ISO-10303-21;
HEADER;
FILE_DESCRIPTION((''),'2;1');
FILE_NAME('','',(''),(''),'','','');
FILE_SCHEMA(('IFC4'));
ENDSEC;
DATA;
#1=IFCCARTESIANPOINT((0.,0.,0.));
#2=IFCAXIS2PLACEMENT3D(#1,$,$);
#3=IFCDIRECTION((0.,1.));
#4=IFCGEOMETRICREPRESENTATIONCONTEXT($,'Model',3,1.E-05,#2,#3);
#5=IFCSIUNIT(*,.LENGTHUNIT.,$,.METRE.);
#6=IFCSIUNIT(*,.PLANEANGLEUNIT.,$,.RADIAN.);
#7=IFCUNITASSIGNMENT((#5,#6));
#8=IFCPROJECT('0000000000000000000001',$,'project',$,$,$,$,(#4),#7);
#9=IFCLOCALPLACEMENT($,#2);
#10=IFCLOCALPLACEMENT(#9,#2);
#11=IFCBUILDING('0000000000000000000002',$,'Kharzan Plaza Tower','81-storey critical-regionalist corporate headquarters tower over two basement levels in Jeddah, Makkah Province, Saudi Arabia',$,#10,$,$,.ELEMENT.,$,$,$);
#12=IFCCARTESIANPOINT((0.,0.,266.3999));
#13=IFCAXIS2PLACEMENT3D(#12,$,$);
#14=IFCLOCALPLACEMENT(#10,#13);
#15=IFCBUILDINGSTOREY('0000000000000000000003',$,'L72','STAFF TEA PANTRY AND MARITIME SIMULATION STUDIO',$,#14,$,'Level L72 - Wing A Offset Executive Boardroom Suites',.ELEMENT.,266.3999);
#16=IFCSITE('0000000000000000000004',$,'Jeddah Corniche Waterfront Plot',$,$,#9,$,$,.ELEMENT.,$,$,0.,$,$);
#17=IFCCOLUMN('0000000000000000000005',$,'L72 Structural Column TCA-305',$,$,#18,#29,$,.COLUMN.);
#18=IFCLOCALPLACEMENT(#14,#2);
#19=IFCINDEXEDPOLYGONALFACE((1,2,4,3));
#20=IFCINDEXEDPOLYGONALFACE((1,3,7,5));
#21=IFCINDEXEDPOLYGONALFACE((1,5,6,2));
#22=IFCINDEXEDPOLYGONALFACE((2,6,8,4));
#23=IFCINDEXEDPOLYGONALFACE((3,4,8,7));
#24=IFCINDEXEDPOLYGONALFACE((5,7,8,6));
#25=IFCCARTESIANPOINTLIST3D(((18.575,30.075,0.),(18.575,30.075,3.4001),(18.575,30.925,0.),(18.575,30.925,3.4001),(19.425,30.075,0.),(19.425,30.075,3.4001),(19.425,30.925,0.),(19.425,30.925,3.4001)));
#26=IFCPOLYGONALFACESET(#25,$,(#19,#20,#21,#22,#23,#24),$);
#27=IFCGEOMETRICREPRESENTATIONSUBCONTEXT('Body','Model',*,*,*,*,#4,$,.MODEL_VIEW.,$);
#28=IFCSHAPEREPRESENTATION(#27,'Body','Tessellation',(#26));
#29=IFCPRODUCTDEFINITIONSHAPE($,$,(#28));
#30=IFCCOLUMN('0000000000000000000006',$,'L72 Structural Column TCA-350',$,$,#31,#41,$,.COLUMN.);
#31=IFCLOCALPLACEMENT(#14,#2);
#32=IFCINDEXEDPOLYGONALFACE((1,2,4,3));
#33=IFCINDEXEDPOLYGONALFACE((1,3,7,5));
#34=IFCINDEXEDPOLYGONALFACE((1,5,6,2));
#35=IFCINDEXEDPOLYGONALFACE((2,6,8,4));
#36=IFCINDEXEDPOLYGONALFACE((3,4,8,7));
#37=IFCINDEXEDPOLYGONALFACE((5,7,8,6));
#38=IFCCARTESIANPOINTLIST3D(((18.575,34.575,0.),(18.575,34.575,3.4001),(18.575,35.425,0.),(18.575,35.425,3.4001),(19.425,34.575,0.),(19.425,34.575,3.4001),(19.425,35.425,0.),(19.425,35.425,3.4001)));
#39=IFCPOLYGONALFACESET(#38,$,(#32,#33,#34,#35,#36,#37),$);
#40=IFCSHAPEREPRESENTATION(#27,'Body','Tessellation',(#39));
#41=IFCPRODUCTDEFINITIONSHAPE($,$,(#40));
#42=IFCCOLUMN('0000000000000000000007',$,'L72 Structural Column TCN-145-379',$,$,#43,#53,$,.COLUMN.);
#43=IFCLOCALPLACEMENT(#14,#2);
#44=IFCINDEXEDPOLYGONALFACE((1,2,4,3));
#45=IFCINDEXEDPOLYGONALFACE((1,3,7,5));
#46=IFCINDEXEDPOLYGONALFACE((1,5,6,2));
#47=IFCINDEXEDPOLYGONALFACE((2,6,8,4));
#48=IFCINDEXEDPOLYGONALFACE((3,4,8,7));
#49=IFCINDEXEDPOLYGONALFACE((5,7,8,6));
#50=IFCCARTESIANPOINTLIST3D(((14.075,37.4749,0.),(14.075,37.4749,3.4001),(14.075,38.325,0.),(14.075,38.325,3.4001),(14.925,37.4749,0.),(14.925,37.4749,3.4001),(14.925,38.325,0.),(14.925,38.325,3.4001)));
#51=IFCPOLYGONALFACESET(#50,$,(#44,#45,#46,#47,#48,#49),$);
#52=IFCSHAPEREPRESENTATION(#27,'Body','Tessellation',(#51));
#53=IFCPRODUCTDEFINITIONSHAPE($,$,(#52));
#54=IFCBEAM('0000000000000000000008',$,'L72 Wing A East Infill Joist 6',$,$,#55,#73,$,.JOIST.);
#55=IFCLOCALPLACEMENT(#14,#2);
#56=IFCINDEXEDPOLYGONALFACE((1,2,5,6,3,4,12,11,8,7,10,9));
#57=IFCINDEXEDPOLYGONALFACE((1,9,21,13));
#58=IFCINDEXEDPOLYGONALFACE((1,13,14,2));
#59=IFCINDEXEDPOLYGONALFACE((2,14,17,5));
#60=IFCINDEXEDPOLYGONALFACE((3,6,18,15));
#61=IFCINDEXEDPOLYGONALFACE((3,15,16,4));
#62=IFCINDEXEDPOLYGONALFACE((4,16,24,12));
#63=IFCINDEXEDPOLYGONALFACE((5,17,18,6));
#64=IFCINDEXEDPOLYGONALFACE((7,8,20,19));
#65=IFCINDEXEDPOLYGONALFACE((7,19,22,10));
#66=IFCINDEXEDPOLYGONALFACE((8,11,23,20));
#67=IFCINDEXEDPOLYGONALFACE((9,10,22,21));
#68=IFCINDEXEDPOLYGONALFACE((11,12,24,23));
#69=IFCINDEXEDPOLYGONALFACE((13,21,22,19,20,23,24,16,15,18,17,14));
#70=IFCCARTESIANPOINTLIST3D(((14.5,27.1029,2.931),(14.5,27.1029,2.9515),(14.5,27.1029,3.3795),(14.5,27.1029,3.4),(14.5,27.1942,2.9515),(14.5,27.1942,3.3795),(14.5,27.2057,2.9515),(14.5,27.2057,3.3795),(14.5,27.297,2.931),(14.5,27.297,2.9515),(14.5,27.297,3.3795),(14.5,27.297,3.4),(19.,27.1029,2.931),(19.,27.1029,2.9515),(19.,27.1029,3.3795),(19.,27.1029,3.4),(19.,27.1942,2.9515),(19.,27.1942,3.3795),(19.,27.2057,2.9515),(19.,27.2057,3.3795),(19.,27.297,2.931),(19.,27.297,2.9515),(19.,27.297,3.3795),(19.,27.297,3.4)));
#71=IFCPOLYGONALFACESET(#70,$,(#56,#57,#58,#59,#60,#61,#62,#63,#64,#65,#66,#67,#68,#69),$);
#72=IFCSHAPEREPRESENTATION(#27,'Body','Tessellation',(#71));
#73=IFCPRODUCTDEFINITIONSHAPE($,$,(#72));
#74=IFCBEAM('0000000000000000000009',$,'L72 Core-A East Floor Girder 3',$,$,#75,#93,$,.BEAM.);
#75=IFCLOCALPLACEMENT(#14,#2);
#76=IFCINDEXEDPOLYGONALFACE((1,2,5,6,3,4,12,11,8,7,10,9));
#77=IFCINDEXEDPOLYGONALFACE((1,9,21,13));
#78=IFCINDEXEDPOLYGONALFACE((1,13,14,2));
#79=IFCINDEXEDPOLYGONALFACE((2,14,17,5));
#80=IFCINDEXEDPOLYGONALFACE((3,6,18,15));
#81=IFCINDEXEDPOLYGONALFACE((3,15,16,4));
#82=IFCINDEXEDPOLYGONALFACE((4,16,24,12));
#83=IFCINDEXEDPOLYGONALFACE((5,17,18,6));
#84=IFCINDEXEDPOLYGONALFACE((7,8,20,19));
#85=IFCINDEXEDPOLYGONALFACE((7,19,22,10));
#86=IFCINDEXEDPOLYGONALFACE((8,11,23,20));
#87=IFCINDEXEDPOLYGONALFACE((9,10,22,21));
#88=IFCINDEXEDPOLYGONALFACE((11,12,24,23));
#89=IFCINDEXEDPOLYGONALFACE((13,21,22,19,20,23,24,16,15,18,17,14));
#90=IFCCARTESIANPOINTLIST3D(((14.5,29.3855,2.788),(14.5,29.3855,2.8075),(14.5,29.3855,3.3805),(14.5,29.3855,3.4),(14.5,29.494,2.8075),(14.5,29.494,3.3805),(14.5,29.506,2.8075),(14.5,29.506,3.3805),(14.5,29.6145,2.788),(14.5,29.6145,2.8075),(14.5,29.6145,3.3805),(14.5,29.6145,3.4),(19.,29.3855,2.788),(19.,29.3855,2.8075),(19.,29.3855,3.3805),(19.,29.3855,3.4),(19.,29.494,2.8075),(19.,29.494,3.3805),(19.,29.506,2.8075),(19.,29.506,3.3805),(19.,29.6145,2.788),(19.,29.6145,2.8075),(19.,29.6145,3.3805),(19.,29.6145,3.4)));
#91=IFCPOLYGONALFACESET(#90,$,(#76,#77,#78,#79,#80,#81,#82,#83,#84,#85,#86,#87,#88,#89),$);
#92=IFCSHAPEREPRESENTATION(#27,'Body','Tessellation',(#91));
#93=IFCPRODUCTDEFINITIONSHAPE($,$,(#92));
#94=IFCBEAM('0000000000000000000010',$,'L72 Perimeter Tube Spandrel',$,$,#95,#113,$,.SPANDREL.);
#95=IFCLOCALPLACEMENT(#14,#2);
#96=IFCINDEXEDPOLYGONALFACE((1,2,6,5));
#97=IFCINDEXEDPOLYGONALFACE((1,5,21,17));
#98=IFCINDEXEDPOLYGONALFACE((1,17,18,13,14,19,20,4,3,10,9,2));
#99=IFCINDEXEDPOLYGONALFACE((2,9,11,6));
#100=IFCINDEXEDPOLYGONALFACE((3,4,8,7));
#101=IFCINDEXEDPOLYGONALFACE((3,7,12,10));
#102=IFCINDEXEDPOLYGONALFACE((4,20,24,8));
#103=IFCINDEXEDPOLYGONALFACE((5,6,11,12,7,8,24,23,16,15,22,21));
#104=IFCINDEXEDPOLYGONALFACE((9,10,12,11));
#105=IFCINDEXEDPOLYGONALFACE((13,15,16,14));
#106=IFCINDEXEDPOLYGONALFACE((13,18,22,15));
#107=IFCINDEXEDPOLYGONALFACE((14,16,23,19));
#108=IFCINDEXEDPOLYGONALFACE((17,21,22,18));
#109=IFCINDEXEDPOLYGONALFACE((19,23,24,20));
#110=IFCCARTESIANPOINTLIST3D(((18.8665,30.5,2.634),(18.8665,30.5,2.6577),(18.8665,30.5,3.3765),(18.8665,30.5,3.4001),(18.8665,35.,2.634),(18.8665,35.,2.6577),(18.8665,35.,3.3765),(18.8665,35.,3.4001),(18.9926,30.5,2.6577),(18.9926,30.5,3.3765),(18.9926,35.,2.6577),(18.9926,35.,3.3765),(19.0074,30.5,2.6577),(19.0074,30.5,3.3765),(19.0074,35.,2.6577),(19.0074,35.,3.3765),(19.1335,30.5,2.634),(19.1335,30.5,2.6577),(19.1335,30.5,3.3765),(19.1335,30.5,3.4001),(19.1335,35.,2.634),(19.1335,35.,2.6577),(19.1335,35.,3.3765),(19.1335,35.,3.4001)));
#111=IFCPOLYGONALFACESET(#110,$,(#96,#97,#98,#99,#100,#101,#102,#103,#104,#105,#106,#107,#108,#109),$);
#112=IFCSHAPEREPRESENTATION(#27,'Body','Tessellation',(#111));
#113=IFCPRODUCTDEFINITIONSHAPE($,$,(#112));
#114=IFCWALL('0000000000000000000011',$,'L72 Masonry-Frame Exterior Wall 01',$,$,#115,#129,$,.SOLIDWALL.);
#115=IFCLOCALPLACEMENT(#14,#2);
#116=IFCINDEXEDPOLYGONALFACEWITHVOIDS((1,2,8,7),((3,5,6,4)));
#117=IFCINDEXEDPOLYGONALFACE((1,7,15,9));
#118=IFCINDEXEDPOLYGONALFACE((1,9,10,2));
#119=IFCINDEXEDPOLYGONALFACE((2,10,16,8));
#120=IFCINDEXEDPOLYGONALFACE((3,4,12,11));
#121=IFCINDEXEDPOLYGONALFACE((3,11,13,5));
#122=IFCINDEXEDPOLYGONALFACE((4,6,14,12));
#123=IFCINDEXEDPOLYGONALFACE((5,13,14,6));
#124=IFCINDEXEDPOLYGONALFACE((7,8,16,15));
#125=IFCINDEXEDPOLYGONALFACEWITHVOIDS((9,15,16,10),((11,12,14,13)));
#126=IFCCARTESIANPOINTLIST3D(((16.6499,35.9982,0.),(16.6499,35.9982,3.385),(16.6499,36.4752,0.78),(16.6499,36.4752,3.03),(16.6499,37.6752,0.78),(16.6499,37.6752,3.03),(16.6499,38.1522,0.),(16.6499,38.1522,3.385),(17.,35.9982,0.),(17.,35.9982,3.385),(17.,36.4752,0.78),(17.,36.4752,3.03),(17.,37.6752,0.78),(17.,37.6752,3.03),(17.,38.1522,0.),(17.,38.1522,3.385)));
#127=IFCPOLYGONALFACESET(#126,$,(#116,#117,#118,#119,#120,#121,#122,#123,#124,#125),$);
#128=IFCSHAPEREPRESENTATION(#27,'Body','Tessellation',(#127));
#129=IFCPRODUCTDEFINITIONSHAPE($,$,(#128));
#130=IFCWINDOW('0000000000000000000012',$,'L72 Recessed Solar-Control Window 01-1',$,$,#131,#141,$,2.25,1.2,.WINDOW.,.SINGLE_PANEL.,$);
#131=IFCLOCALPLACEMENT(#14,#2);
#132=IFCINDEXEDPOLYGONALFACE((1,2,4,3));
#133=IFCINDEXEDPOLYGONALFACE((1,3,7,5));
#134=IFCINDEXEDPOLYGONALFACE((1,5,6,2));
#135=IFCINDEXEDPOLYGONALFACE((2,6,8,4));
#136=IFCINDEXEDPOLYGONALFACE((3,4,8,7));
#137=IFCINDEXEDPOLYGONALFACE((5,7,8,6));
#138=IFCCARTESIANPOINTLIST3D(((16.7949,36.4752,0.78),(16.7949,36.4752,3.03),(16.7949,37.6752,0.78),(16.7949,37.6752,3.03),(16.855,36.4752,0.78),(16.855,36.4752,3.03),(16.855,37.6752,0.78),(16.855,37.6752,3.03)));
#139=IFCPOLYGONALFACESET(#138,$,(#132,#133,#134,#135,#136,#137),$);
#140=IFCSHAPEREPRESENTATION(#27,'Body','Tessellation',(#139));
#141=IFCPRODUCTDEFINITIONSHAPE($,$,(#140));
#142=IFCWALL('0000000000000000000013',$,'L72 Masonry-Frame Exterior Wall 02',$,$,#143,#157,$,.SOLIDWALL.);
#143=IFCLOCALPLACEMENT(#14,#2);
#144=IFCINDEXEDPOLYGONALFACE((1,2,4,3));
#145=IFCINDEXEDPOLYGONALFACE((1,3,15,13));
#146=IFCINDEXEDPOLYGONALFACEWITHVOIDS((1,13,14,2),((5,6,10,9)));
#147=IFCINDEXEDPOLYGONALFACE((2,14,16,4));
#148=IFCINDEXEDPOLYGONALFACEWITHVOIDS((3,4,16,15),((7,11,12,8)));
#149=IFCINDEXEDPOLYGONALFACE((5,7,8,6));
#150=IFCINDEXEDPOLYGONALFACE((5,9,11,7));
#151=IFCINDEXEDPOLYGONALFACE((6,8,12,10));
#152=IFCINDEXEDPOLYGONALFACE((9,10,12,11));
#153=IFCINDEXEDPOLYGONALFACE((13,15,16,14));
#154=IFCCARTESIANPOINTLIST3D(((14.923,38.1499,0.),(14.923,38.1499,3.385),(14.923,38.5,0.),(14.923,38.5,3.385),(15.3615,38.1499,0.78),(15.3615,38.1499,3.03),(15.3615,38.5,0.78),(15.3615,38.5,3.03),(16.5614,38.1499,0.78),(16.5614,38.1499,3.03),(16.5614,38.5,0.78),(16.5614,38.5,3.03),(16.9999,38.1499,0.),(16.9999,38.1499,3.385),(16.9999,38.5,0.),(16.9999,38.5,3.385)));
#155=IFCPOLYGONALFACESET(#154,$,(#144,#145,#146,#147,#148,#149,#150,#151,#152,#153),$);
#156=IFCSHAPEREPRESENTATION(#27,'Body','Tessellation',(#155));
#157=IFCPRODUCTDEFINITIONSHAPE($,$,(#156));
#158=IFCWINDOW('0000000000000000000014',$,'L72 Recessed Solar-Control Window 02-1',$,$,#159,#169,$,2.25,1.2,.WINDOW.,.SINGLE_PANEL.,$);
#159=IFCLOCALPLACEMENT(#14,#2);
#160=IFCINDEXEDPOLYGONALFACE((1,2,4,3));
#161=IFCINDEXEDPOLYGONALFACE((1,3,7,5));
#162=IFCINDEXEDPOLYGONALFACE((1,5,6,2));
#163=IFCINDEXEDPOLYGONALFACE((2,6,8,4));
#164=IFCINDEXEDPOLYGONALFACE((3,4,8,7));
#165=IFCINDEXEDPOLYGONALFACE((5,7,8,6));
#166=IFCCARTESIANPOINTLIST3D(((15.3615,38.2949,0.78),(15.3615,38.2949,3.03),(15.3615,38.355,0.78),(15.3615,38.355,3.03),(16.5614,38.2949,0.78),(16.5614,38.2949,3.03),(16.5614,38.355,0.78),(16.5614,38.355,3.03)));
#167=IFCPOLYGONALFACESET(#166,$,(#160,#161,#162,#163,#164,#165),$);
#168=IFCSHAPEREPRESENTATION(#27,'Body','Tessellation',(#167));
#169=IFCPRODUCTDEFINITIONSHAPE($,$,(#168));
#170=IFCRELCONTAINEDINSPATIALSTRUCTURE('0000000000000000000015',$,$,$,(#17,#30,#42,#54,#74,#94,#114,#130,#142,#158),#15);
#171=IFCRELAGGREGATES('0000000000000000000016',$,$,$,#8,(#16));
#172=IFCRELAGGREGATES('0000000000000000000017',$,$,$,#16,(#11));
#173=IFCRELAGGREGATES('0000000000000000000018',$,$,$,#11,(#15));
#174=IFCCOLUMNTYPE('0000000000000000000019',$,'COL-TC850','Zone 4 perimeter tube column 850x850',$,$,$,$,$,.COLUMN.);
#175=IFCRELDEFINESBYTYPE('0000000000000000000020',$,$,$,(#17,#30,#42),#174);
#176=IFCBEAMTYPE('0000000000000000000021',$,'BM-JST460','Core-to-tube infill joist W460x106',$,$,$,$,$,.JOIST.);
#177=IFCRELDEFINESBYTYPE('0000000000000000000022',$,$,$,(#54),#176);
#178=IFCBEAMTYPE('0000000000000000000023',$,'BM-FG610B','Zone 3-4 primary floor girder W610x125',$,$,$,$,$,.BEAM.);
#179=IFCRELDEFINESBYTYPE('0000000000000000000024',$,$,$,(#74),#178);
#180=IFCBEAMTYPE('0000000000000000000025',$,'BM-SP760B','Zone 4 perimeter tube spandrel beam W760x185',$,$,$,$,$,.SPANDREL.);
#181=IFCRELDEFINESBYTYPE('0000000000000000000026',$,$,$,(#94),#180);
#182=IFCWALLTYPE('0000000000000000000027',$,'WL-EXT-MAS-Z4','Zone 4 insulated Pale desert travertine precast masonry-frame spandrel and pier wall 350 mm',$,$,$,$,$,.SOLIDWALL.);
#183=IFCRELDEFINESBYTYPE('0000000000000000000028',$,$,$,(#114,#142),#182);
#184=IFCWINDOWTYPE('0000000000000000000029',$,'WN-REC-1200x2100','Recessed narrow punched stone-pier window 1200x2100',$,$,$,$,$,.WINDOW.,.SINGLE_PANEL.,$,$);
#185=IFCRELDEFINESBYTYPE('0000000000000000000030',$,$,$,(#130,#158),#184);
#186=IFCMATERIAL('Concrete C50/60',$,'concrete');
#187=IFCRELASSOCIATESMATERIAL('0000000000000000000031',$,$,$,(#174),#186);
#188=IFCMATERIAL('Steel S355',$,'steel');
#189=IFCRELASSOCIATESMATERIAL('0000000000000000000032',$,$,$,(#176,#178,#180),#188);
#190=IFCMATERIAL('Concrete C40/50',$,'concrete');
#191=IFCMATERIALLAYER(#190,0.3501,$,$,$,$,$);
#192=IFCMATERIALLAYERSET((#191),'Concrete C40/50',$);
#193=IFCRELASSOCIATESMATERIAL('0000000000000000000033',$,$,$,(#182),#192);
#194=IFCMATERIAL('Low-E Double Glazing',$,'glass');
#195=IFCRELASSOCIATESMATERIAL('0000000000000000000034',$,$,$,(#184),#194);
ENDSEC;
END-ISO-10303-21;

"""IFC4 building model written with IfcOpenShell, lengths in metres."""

from ifc_helpers import new_model, si_unit, direction, frame, frame_2d, origin, origin_2d, place, context, subcontext, project, spatial, rectangle, i_section, extrude, source, transform, mapped, material, layer, layer_set, material_profile, profile_set, type_object, element, fill, save


model = new_model("IFC4")

# Units and contexts
model_context = context("Model", 3, precision=1e-05, world=origin(), true_north=direction((0.0, 1.0)))
body_context = subcontext(model_context, "Body", "Model", "MODEL_VIEW")
ifc_project = project(units=[si_unit("LENGTHUNIT", "METRE"), si_unit("PLANEANGLEUNIT", "RADIAN")], contexts=[model_context])

# Site, building, storey
site_placement = place(None, origin())
site = spatial("IfcSite", under=ifc_project, at=site_placement, Name="Jeddah Corniche Waterfront Plot", CompositionType="ELEMENT", RefElevation=0.0)
building_placement = place(site_placement, origin())
building = spatial("IfcBuilding", under=site, at=building_placement, Name="Kharzan Plaza Tower", Description="81-storey critical-regionalist corporate headquarters tower over two basement levels in Jeddah, Makkah Province, Saudi Arabia", CompositionType="ELEMENT")
storey_placement = place(building_placement, frame((0.0, 0.0, 266.3999)))
storey = spatial("IfcBuildingStorey", under=building, at=storey_placement, Name="L72", Description="STAFF TEA PANTRY AND MARITIME SIMULATION STUDIO", LongName="Level L72 - Wing A Offset Executive Boardroom Suites", CompositionType="ELEMENT", Elevation=266.3999)

# Columns
ifc_material_1 = material(Name="Concrete C50/60", Category="concrete")
ifc_material_profile_1 = material_profile(ifc_material_1, rectangle(XDim=0.8501, YDim=0.8501, at=origin_2d()), Name="RC-TC850x850")
ifc_profile_set_1 = profile_set([ifc_material_profile_1], Name="Concrete C50/60")
column_type = type_object("IfcColumnType", Name="COL-TC850", Description="Zone 4 perimeter tube column 850x850", PredefinedType="COLUMN", material=ifc_profile_set_1)
shared_shape_1 = source(origin(), body_context, "Body", "SweptSolid", [
    extrude(rectangle(XDim=0.8501, YDim=0.8501, at=origin_2d()), origin(), (0.0, 0.0, 1.0), 3.4001),
])
for number, where, z_axis, x_axis, name in (
    (1, (19.0, 30.5, 0.0), (0.0, 0.0, 1.0), (1.0, 0.0, 0.0), "L72 Structural Column TCA-305"),
    (2, (19.0, 35.0, 0.0), (0.0, 0.0, 1.0), (1.0, 0.0, 0.0), "L72 Structural Column TCA-350"),
    (3, (14.5, 37.8999, 0.0), (0.0, 0.0, 1.0), (1.0, 0.0, 0.0), "L72 Structural Column TCN-145-379"),
):
    element("IfcColumn", number, at=place(storey_placement, frame(where, z_axis=z_axis, x_axis=x_axis)), inside=storey, type_object=column_type, Name=name, PredefinedType="COLUMN", context=body_context, shape_type="MappedRepresentation", body=[
        mapped(shared_shape_1, transform((0.0, 0.0, 0.0), x_axis=(1.0, 0.0, 0.0), y_axis=(0.0, 1.0, 0.0), z_axis=(0.0, 0.0, 1.0))),
    ])

# Beams
ifc_material_2 = material(Name="Steel S355", Category="steel")
ifc_material_profile_2 = material_profile(ifc_material_2, i_section(OverallWidth=0.1941, OverallDepth=0.469, WebThickness=0.0115, FlangeThickness=0.0205, at=origin_2d()), Name="W460x106")
ifc_profile_set_2 = profile_set([ifc_material_profile_2], Name="Steel S355")
beam_type_1 = type_object("IfcBeamType", Name="BM-JST460", Description="Core-to-tube infill joist W460x106", PredefinedType="JOIST", material=ifc_profile_set_2)
shared_shape_2 = source(origin(), body_context, "Body", "SweptSolid", [
    extrude(i_section(OverallWidth=0.1941, OverallDepth=0.469, WebThickness=0.0115, FlangeThickness=0.0205, at=origin_2d()), origin(), (0.0, 0.0, 1.0), 4.5),
])
beam_1_placement = place(storey_placement, frame((14.5, 27.2, 3.1655), z_axis=(1.0, 0.0, 0.0), x_axis=(0.0, 1.0, 0.0)))
element("IfcBeam", 4, at=beam_1_placement, inside=storey, type_object=beam_type_1, Name="L72 Wing A East Infill Joist 6", PredefinedType="JOIST", context=body_context, shape_type="MappedRepresentation", body=[
    mapped(shared_shape_2, transform((0.0, 0.0, 0.0), x_axis=(1.0, 0.0, 0.0), y_axis=(0.0, 1.0, 0.0), z_axis=(0.0, 0.0, 1.0))),
])
ifc_material_profile_3 = material_profile(ifc_material_2, i_section(OverallWidth=0.229, OverallDepth=0.6121, WebThickness=0.012, FlangeThickness=0.0195, at=origin_2d()), Name="W610x125")
ifc_profile_set_3 = profile_set([ifc_material_profile_3], Name="Steel S355")
beam_type_2 = type_object("IfcBeamType", Name="BM-FG610B", Description="Zone 3-4 primary floor girder W610x125", PredefinedType="BEAM", material=ifc_profile_set_3)
shared_shape_3 = source(origin(), body_context, "Body", "SweptSolid", [
    extrude(i_section(OverallWidth=0.229, OverallDepth=0.6121, WebThickness=0.012, FlangeThickness=0.0195, at=origin_2d()), origin(), (0.0, 0.0, 1.0), 4.5),
])
beam_2_placement = place(storey_placement, frame((14.5, 29.5, 3.094), z_axis=(1.0, 0.0, 0.0), x_axis=(0.0, 1.0, 0.0)))
element("IfcBeam", 5, at=beam_2_placement, inside=storey, type_object=beam_type_2, Name="L72 Core-A East Floor Girder 3", PredefinedType="BEAM", context=body_context, shape_type="MappedRepresentation", body=[
    mapped(shared_shape_3, transform((0.0, 0.0, 0.0), x_axis=(1.0, 0.0, 0.0), y_axis=(0.0, 1.0, 0.0), z_axis=(0.0, 0.0, 1.0))),
])
ifc_material_profile_4 = material_profile(ifc_material_2, i_section(OverallWidth=0.2671, OverallDepth=0.7661, WebThickness=0.0149, FlangeThickness=0.0237, at=origin_2d()), Name="W760x185")
ifc_profile_set_4 = profile_set([ifc_material_profile_4], Name="Steel S355")
beam_type_3 = type_object("IfcBeamType", Name="BM-SP760B", Description="Zone 4 perimeter tube spandrel beam W760x185", PredefinedType="SPANDREL", material=ifc_profile_set_4)
shared_shape_4 = source(origin(), body_context, "Body", "SweptSolid", [
    extrude(i_section(OverallWidth=0.2671, OverallDepth=0.7661, WebThickness=0.0149, FlangeThickness=0.0237, at=origin_2d()), origin(), (0.0, 0.0, 1.0), 4.5),
])
beam_3_placement = place(storey_placement, frame((19.0, 30.5, 3.0171), z_axis=(0.0, 1.0, 0.0), x_axis=(-1.0, 0.0, 0.0)))
element("IfcBeam", 6, at=beam_3_placement, inside=storey, type_object=beam_type_3, Name="L72 Perimeter Tube Spandrel", PredefinedType="SPANDREL", context=body_context, shape_type="MappedRepresentation", body=[
    mapped(shared_shape_4, transform((0.0, 0.0, 0.0), x_axis=(1.0, 0.0, 0.0), y_axis=(0.0, 1.0, 0.0), z_axis=(0.0, 0.0, 1.0))),
])

# Walls, openings, windows
ifc_material_3 = material(Name="Concrete C40/50", Category="concrete")
ifc_layer_1 = layer(ifc_material_3, 0.3501)
ifc_layer_set_1 = layer_set([ifc_layer_1], Name="Concrete C40/50")
wall_type_1 = type_object("IfcWallType", Name="WL-EXT-MAS-Z4", Description="Zone 4 insulated Pale desert travertine precast masonry-frame spandrel and pier wall 350 mm", PredefinedType="SOLIDWALL", material=ifc_layer_set_1)
wall_1_placement = place(storey_placement, frame((16.825, 35.998, 0.0), z_axis=(0.0, 0.0, 1.0), x_axis=(0.0, 1.0, 0.0)))
wall_1 = element("IfcWall", 7, at=wall_1_placement, inside=storey, type_object=wall_type_1, Name="L72 Masonry-Frame Exterior Wall 01", PredefinedType="SOLIDWALL", context=body_context, shape_type="SweptSolid", body=[
    extrude(rectangle(XDim=2.1541, YDim=0.3501, at=frame_2d((1.0771, 0.0))), origin(), (0.0, 0.0, 1.0), 3.385),
])
opening_1_placement = place(wall_1_placement, frame((0.4771, 0.0, 0.78)))
opening_1 = element("IfcOpeningElement", 8, at=opening_1_placement, cuts=wall_1, PredefinedType="OPENING", context=body_context, shape_type="SweptSolid", body=[
    extrude(rectangle(XDim=1.2, YDim=2.25, at=frame_2d((0.6001, 1.125))), frame((0.0, 0.1851, 0.0), z_axis=(0.0, -1.0, 0.0), x_axis=(1.0, 0.0, 0.0)), (0.0, 0.0, 1.0), 0.3701),
])
ifc_material_4 = material(Name="Low-E Double Glazing", Category="glass")
window_type_1 = type_object("IfcWindowType", Name="WN-REC-1200x2100", Description="Recessed narrow punched stone-pier window 1200x2100", PartitioningType="SINGLE_PANEL", PredefinedType="WINDOW", material=ifc_material_4)
shared_shape_5 = source(origin(), body_context, "Body", "SweptSolid", [
    extrude(rectangle(XDim=1.2, YDim=2.25, at=frame_2d((0.6001, 1.125))), frame((0.0, 0.03, 0.0), z_axis=(0.0, -1.0, 0.0), x_axis=(1.0, 0.0, 0.0)), (0.0, 0.0, 1.0), 0.0601),
])
window_1_placement = place(opening_1_placement, origin())
window_1 = element("IfcWindow", 9, at=window_1_placement, inside=storey, type_object=window_type_1, Name="L72 Recessed Solar-Control Window 01-1", OverallHeight=2.25, OverallWidth=1.2, PartitioningType="SINGLE_PANEL", PredefinedType="WINDOW", context=body_context, shape_type="MappedRepresentation", body=[
    mapped(shared_shape_5, transform((0.0, 0.0, 0.0), x_axis=(1.0, 0.0, 0.0), y_axis=(0.0, 1.0, 0.0), z_axis=(0.0, 0.0, 1.0))),
])
fill(opening_1, window_1)
wall_2_placement = place(storey_placement, frame((17.0, 38.325, 0.0), z_axis=(0.0, 0.0, 1.0), x_axis=(-1.0, 0.0, 0.0)))
wall_2 = element("IfcWall", 10, at=wall_2_placement, inside=storey, type_object=wall_type_1, Name="L72 Masonry-Frame Exterior Wall 02", PredefinedType="SOLIDWALL", context=body_context, shape_type="SweptSolid", body=[
    extrude(rectangle(XDim=2.0769, YDim=0.3501, at=frame_2d((1.0386, 0.0))), origin(), (0.0, 0.0, 1.0), 3.385),
])
opening_2_placement = place(wall_2_placement, frame((0.4385, 0.0, 0.78)))
opening_2 = element("IfcOpeningElement", 11, at=opening_2_placement, cuts=wall_2, PredefinedType="OPENING", context=body_context, shape_type="SweptSolid", body=[
    extrude(rectangle(XDim=1.2, YDim=2.25, at=frame_2d((0.6001, 1.125))), frame((0.0, 0.1851, 0.0), z_axis=(0.0, -1.0, 0.0), x_axis=(1.0, 0.0, 0.0)), (0.0, 0.0, 1.0), 0.3701),
])
window_2_placement = place(opening_2_placement, origin())
window_2 = element("IfcWindow", 12, at=window_2_placement, inside=storey, type_object=window_type_1, Name="L72 Recessed Solar-Control Window 02-1", OverallHeight=2.25, OverallWidth=1.2, PartitioningType="SINGLE_PANEL", PredefinedType="WINDOW", context=body_context, shape_type="MappedRepresentation", body=[
    mapped(shared_shape_5, transform((0.0, 0.0, 0.0), x_axis=(1.0, 0.0, 0.0), y_axis=(0.0, 1.0, 0.0), z_axis=(0.0, 0.0, 1.0))),
])
fill(opening_2, window_2)

save(model, "model.ifc")
